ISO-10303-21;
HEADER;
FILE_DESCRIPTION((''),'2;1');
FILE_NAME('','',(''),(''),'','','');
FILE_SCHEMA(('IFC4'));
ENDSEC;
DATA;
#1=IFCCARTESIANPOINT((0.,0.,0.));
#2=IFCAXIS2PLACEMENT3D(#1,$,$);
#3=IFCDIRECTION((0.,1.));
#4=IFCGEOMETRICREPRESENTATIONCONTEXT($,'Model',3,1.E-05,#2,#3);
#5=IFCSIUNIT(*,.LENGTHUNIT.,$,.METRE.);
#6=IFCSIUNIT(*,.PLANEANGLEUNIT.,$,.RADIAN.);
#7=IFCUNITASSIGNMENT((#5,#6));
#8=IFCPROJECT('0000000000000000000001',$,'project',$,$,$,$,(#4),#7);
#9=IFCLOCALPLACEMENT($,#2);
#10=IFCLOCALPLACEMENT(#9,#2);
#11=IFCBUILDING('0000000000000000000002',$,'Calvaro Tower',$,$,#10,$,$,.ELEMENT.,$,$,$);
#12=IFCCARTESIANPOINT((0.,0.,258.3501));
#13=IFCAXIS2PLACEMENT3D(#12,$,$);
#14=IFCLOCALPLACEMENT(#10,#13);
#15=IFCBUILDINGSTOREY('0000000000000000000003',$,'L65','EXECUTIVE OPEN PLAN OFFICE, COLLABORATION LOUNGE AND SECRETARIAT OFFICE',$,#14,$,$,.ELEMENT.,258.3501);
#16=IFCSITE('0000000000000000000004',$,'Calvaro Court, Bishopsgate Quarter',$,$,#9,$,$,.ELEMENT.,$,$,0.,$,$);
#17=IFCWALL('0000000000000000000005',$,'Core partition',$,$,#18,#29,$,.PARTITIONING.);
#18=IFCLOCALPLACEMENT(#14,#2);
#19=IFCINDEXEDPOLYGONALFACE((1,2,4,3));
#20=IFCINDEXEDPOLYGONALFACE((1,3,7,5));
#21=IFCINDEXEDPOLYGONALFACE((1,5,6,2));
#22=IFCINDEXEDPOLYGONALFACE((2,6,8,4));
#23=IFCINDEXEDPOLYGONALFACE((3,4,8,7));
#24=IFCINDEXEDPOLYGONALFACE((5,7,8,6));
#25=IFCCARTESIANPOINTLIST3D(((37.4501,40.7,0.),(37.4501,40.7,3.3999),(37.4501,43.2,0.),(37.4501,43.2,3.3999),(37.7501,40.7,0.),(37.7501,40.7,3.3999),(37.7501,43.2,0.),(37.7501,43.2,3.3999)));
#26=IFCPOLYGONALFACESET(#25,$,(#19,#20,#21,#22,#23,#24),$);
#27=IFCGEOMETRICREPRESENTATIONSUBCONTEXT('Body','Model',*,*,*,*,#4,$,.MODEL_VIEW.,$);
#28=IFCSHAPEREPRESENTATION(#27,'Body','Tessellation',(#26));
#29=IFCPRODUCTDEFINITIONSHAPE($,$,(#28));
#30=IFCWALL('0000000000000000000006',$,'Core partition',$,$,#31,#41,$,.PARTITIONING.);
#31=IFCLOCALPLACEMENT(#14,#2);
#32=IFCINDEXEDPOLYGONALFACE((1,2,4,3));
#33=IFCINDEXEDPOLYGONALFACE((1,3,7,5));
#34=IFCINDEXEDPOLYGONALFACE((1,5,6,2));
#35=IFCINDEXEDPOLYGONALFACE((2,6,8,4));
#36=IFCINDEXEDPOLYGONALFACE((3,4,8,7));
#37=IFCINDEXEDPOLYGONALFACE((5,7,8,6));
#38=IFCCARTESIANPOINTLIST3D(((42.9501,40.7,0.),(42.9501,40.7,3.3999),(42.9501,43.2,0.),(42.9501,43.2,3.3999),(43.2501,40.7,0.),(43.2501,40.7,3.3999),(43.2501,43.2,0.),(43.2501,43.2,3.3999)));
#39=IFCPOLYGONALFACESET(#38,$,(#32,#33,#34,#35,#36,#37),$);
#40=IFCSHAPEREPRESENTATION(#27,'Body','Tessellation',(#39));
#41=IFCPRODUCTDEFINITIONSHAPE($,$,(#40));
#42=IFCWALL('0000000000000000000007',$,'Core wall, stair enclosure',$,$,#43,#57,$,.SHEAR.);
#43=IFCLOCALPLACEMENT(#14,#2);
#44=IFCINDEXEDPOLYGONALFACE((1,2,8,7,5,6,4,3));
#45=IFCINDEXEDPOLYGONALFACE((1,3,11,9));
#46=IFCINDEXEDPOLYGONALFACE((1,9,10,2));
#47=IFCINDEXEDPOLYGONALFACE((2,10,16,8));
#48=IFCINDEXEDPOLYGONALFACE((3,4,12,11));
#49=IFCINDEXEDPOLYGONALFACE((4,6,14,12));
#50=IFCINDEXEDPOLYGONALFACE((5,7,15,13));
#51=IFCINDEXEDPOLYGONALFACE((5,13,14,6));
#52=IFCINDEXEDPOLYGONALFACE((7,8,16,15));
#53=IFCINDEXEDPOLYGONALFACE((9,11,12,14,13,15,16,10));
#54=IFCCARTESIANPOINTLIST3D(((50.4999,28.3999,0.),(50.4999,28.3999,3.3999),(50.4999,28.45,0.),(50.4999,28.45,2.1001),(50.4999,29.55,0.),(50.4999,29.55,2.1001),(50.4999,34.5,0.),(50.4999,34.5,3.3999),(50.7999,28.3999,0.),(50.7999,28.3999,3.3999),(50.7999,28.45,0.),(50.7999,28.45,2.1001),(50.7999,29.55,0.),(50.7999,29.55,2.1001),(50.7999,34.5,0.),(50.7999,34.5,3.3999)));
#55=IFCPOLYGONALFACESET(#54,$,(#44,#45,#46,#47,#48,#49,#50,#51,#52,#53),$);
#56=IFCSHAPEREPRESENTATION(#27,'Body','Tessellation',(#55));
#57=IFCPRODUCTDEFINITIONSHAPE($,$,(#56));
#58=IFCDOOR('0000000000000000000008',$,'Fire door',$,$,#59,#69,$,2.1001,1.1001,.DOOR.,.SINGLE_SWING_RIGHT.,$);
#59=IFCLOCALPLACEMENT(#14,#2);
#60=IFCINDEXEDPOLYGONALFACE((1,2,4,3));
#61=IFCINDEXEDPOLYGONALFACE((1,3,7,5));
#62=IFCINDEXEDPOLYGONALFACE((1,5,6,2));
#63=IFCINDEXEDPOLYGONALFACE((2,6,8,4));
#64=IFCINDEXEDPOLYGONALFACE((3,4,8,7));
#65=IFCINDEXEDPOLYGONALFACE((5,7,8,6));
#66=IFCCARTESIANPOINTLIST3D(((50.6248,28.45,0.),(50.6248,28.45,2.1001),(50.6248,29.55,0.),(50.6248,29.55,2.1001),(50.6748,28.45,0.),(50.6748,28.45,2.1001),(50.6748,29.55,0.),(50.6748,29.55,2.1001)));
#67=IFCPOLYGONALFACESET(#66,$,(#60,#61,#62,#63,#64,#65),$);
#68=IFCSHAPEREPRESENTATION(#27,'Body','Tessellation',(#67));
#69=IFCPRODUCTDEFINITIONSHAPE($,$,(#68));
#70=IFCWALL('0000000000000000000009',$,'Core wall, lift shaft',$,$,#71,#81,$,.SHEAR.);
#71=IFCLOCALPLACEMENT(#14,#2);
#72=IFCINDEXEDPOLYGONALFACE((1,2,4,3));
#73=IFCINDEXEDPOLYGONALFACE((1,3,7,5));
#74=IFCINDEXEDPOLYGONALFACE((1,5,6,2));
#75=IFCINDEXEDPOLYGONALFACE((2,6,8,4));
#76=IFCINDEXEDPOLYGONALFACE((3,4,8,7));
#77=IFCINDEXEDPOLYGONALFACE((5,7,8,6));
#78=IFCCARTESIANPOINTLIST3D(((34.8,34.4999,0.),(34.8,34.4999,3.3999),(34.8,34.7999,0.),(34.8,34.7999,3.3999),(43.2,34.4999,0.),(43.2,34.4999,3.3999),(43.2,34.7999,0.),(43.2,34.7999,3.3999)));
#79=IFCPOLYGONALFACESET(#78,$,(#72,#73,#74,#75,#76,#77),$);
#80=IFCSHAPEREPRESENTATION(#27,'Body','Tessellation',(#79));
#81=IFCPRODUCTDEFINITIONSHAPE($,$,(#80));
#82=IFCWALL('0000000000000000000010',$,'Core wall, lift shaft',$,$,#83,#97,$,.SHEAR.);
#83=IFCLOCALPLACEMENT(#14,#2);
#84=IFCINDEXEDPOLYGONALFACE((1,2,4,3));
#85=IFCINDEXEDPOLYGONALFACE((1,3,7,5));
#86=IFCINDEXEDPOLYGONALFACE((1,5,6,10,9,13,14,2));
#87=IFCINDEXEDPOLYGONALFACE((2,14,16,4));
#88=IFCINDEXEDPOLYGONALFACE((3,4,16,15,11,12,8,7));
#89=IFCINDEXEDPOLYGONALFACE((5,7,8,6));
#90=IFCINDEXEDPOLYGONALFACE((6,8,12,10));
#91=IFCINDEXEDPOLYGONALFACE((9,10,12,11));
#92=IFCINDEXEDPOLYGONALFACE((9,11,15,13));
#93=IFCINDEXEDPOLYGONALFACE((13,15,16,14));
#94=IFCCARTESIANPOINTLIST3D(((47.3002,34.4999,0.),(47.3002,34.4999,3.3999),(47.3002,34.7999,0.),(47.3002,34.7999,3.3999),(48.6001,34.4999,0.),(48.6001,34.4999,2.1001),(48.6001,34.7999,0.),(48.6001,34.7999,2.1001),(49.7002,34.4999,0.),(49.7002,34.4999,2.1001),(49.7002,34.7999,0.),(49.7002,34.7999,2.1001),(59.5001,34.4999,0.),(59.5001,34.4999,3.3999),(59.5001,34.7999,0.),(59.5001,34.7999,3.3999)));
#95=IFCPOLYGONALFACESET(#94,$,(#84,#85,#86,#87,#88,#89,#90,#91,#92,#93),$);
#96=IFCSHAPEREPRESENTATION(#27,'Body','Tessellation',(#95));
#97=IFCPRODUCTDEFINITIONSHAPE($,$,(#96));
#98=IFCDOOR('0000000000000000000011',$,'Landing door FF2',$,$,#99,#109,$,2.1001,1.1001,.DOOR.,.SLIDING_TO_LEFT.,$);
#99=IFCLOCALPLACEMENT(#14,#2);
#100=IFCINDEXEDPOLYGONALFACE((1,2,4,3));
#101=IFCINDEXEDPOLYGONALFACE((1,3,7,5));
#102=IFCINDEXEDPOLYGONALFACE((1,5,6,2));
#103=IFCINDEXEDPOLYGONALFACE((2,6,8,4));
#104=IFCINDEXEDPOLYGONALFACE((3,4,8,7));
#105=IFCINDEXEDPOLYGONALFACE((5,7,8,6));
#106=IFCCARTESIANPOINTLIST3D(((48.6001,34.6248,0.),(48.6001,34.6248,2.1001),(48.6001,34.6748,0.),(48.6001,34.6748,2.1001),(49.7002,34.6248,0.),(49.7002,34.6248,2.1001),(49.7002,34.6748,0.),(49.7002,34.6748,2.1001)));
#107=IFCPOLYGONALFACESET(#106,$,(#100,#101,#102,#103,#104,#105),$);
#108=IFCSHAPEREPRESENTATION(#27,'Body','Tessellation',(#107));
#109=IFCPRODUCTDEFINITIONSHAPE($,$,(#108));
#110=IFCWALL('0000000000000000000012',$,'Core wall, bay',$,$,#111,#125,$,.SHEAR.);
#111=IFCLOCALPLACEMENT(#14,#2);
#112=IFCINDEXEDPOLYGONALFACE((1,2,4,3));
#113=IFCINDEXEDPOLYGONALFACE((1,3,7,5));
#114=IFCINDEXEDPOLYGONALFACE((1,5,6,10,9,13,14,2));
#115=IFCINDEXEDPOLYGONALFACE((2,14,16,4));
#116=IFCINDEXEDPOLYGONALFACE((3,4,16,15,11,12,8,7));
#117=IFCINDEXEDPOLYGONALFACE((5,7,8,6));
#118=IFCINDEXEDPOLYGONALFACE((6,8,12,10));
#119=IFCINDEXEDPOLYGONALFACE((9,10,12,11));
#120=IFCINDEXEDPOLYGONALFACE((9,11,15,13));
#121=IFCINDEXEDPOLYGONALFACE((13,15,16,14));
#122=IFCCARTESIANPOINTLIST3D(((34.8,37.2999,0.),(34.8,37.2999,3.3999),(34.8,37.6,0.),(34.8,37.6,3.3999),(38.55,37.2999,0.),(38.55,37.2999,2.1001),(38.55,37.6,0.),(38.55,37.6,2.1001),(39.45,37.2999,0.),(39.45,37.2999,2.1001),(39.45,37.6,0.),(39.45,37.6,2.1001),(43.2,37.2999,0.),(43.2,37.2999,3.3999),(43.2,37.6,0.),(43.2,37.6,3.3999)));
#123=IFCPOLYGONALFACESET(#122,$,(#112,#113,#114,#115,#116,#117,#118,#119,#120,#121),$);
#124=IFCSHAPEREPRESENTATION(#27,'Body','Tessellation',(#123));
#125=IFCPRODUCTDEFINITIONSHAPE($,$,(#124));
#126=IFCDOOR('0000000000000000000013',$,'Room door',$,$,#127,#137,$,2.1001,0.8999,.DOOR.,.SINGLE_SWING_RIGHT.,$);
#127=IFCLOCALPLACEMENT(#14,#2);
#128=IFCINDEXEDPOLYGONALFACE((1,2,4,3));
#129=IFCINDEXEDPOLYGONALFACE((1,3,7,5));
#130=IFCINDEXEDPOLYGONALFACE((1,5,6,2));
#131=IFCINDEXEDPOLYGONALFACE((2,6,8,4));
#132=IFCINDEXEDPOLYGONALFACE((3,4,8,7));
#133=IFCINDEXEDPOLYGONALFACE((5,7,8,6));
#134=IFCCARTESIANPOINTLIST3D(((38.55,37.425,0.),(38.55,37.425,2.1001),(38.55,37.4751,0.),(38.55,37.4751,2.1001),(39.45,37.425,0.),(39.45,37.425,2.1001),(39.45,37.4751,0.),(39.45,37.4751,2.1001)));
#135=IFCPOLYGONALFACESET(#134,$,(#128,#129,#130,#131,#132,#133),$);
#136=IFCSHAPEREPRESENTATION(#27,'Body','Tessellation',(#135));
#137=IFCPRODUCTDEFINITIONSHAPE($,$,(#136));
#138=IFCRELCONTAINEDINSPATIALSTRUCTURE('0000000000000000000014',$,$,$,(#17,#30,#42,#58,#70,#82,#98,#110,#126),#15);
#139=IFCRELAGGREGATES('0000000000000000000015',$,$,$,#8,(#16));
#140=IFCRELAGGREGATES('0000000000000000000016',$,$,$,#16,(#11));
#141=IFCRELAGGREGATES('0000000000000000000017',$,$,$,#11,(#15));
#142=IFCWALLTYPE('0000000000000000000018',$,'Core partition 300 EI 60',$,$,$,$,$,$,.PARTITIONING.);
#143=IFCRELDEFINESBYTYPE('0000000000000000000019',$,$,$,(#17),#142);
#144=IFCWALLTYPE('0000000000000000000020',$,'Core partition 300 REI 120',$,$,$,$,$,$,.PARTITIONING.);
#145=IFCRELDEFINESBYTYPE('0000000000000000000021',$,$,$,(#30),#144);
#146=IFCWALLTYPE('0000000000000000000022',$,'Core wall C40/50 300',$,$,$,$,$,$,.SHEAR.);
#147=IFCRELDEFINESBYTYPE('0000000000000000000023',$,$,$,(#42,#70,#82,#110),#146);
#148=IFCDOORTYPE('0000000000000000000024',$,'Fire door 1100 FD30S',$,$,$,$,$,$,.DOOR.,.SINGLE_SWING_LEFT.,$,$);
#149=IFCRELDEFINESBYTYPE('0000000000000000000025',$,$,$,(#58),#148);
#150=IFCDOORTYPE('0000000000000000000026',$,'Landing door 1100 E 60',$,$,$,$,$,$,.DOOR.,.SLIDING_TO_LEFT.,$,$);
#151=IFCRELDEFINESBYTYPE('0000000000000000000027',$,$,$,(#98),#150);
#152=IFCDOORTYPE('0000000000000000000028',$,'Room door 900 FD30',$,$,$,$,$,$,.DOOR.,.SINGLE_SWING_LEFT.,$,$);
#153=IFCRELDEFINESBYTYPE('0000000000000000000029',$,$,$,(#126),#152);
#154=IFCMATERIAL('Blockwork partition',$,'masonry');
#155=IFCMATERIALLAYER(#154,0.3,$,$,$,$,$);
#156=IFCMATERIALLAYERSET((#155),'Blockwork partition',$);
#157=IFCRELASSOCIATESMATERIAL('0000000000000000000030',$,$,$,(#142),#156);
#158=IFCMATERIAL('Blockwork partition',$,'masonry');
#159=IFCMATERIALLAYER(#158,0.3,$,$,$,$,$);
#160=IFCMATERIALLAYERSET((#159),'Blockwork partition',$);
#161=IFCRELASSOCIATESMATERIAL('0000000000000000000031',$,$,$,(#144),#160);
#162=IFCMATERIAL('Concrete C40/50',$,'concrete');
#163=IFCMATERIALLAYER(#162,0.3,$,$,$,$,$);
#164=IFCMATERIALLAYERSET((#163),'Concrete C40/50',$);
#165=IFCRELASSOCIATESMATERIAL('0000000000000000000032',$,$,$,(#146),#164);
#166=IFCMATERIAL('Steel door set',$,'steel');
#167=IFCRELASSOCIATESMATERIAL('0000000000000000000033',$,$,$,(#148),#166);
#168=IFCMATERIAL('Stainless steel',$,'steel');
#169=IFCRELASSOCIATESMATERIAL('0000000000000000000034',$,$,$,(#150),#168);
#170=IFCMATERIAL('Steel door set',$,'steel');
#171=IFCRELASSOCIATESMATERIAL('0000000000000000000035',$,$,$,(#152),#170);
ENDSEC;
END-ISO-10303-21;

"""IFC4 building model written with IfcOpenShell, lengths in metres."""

from ifc_helpers import new_model, si_unit, direction, frame, frame_2d, origin, place, context, subcontext, project, spatial, rectangle, extrude, material, layer, layer_set, type_object, element, fill, save


model = new_model("IFC4")

# Units and contexts
model_context = context("Model", 3, precision=1e-05, world=origin(), true_north=direction((0.0, 1.0)))
body_context = subcontext(model_context, "Body", "Model", "MODEL_VIEW")
ifc_project = project(units=[si_unit("LENGTHUNIT", "METRE"), si_unit("PLANEANGLEUNIT", "RADIAN")], contexts=[model_context])

# Site, building, storey
site_placement = place(None, origin())
site = spatial("IfcSite", under=ifc_project, at=site_placement, Name="Calvaro Court, Bishopsgate Quarter", CompositionType="ELEMENT", RefElevation=0.0)
building_placement = place(site_placement, origin())
building = spatial("IfcBuilding", under=site, at=building_placement, Name="Calvaro Tower", CompositionType="ELEMENT")
storey_placement = place(building_placement, frame((0.0, 0.0, 258.3501)))
storey = spatial("IfcBuildingStorey", under=building, at=storey_placement, Name="L65", Description="EXECUTIVE OPEN PLAN OFFICE, COLLABORATION LOUNGE AND SECRETARIAT OFFICE", CompositionType="ELEMENT", Elevation=258.3501)

# Walls
ifc_material_1 = material(Name="Blockwork partition", Category="masonry")
ifc_layer_1 = layer(ifc_material_1, 0.3)
ifc_layer_set_1 = layer_set([ifc_layer_1], Name="Blockwork partition")
wall_type_1 = type_object("IfcWallType", Name="Core partition 300 EI 60", PredefinedType="PARTITIONING", material=ifc_layer_set_1)
wall_1_placement = place(storey_placement, frame((37.6001, 40.7, 0.0), z_axis=(0.0, 0.0, 1.0), x_axis=(0.0, 1.0, 0.0)))
element("IfcWall", 1, at=wall_1_placement, inside=storey, type_object=wall_type_1, Name="Core partition", PredefinedType="PARTITIONING", context=body_context, shape_type="SweptSolid", body=[
    extrude(rectangle(XDim=2.5, YDim=0.3, at=frame_2d((1.25, 0.0))), origin(), (0.0, 0.0, 1.0), 3.3999),
])
ifc_material_2 = material(Name="Blockwork partition", Category="masonry")
ifc_layer_2 = layer(ifc_material_2, 0.3)
ifc_layer_set_2 = layer_set([ifc_layer_2], Name="Blockwork partition")
wall_type_2 = type_object("IfcWallType", Name="Core partition 300 REI 120", PredefinedType="PARTITIONING", material=ifc_layer_set_2)
wall_2_placement = place(storey_placement, frame((43.1001, 40.7, 0.0), z_axis=(0.0, 0.0, 1.0), x_axis=(0.0, 1.0, 0.0)))
element("IfcWall", 2, at=wall_2_placement, inside=storey, type_object=wall_type_2, Name="Core partition", PredefinedType="PARTITIONING", context=body_context, shape_type="SweptSolid", body=[
    extrude(rectangle(XDim=2.5, YDim=0.3, at=frame_2d((1.25, 0.0))), origin(), (0.0, 0.0, 1.0), 3.3999),
])

# Wall, opening, door
ifc_material_3 = material(Name="Concrete C40/50", Category="concrete")
ifc_layer_3 = layer(ifc_material_3, 0.3)
ifc_layer_set_3 = layer_set([ifc_layer_3], Name="Concrete C40/50")
wall_type_3 = type_object("IfcWallType", Name="Core wall C40/50 300", PredefinedType="SHEAR", material=ifc_layer_set_3)
wall_3_placement = place(storey_placement, frame((50.6499, 34.5, 0.0), z_axis=(0.0, 0.0, 1.0), x_axis=(0.0, -1.0, 0.0)))
wall_3 = element("IfcWall", 3, at=wall_3_placement, inside=storey, type_object=wall_type_3, Name="Core wall, stair enclosure", PredefinedType="SHEAR", context=body_context, shape_type="SweptSolid", body=[
    extrude(rectangle(XDim=6.1001, YDim=0.3, at=frame_2d((3.05, 0.0))), origin(), (0.0, 0.0, 1.0), 3.3999),
])
opening_1_placement = place(wall_3_placement, frame((4.95, 0.0, 0.0)))
opening_1 = element("IfcOpeningElement", 4, at=opening_1_placement, cuts=wall_3, PredefinedType="OPENING", context=body_context, shape_type="SweptSolid", body=[
    extrude(rectangle(XDim=1.1001, YDim=2.1001, at=frame_2d((0.55, 1.05))), frame((0.0, 0.1599, 0.0), z_axis=(0.0, -1.0, 0.0), x_axis=(1.0, 0.0, 0.0)), (0.0, 0.0, 1.0), 0.3201),
])
ifc_material_4 = material(Name="Steel door set", Category="steel")
door_type_1 = type_object("IfcDoorType", Name="Fire door 1100 FD30S", OperationType="SINGLE_SWING_LEFT", PredefinedType="DOOR", material=ifc_material_4)
door_1_placement = place(opening_1_placement, origin())
door_1 = element("IfcDoor", 5, at=door_1_placement, inside=storey, type_object=door_type_1, Name="Fire door", OperationType="SINGLE_SWING_RIGHT", OverallHeight=2.1001, OverallWidth=1.1001, PredefinedType="DOOR", context=body_context, shape_type="SweptSolid", body=[
    extrude(rectangle(XDim=1.1001, YDim=2.1001, at=frame_2d((0.55, 1.05))), frame((0.0, 0.0249, 0.0), z_axis=(0.0, -1.0, 0.0), x_axis=(1.0, 0.0, 0.0)), (0.0, 0.0, 1.0), 0.05),
])
fill(opening_1, door_1)

# Wall
wall_4_placement = place(storey_placement, frame((34.8, 34.6499, 0.0), z_axis=(0.0, 0.0, 1.0), x_axis=(1.0, 0.0, 0.0)))
element("IfcWall", 6, at=wall_4_placement, inside=storey, type_object=wall_type_3, Name="Core wall, lift shaft", PredefinedType="SHEAR", context=body_context, shape_type="SweptSolid", body=[
    extrude(rectangle(XDim=8.3999, YDim=0.3, at=frame_2d((4.2, 0.0))), origin(), (0.0, 0.0, 1.0), 3.3999),
])

# Walls, openings, doors
wall_5_placement = place(storey_placement, frame((47.3, 34.6499, 0.0), z_axis=(0.0, 0.0, 1.0), x_axis=(1.0, 0.0, 0.0)))
wall_5 = element("IfcWall", 7, at=wall_5_placement, inside=storey, type_object=wall_type_3, Name="Core wall, lift shaft", PredefinedType="SHEAR", context=body_context, shape_type="SweptSolid", body=[
    extrude(rectangle(XDim=12.2, YDim=0.3, at=frame_2d((6.1001, 0.0))), origin(), (0.0, 0.0, 1.0), 3.3999),
])
opening_2_placement = place(wall_5_placement, frame((1.3, 0.0, 0.0)))
opening_2 = element("IfcOpeningElement", 8, at=opening_2_placement, cuts=wall_5, PredefinedType="OPENING", context=body_context, shape_type="SweptSolid", body=[
    extrude(rectangle(XDim=1.1001, YDim=2.1001, at=frame_2d((0.55, 1.05))), frame((0.0, 0.1599, 0.0), z_axis=(0.0, -1.0, 0.0), x_axis=(1.0, 0.0, 0.0)), (0.0, 0.0, 1.0), 0.3201),
])
ifc_material_5 = material(Name="Stainless steel", Category="steel")
door_type_2 = type_object("IfcDoorType", Name="Landing door 1100 E 60", OperationType="SLIDING_TO_LEFT", PredefinedType="DOOR", material=ifc_material_5)
door_2_placement = place(opening_2_placement, origin())
door_2 = element("IfcDoor", 9, at=door_2_placement, inside=storey, type_object=door_type_2, Name="Landing door FF2", OperationType="SLIDING_TO_LEFT", OverallHeight=2.1001, OverallWidth=1.1001, PredefinedType="DOOR", context=body_context, shape_type="SweptSolid", body=[
    extrude(rectangle(XDim=1.1001, YDim=2.1001, at=frame_2d((0.55, 1.05))), frame((0.0, 0.0249, 0.0), z_axis=(0.0, -1.0, 0.0), x_axis=(1.0, 0.0, 0.0)), (0.0, 0.0, 1.0), 0.05),
])
fill(opening_2, door_2)
wall_6_placement = place(storey_placement, frame((43.2, 37.45, 0.0), z_axis=(0.0, 0.0, 1.0), x_axis=(-1.0, 0.0, 0.0)))
wall_6 = element("IfcWall", 10, at=wall_6_placement, inside=storey, type_object=wall_type_3, Name="Core wall, bay", PredefinedType="SHEAR", context=body_context, shape_type="SweptSolid", body=[
    extrude(rectangle(XDim=8.3999, YDim=0.3, at=frame_2d((4.2, 0.0))), origin(), (0.0, 0.0, 1.0), 3.3999),
])
opening_3_placement = place(wall_6_placement, frame((3.75, 0.0, 0.0)))
opening_3 = element("IfcOpeningElement", 11, at=opening_3_placement, cuts=wall_6, PredefinedType="OPENING", context=body_context, shape_type="SweptSolid", body=[
    extrude(rectangle(XDim=0.8999, YDim=2.1001, at=frame_2d((0.45, 1.05))), frame((0.0, 0.1599, 0.0), z_axis=(0.0, -1.0, 0.0), x_axis=(1.0, 0.0, 0.0)), (0.0, 0.0, 1.0), 0.3201),
])
ifc_material_6 = material(Name="Steel door set", Category="steel")
door_type_3 = type_object("IfcDoorType", Name="Room door 900 FD30", OperationType="SINGLE_SWING_LEFT", PredefinedType="DOOR", material=ifc_material_6)
door_3_placement = place(opening_3_placement, origin())
door_3 = element("IfcDoor", 12, at=door_3_placement, inside=storey, type_object=door_type_3, Name="Room door", OperationType="SINGLE_SWING_RIGHT", OverallHeight=2.1001, OverallWidth=0.8999, PredefinedType="DOOR", context=body_context, shape_type="SweptSolid", body=[
    extrude(rectangle(XDim=0.8999, YDim=2.1001, at=frame_2d((0.45, 1.05))), frame((0.0, 0.0249, 0.0), z_axis=(0.0, -1.0, 0.0), x_axis=(1.0, 0.0, 0.0)), (0.0, 0.0, 1.0), 0.05),
])
fill(opening_3, door_3)

save(model, "model.ifc")
